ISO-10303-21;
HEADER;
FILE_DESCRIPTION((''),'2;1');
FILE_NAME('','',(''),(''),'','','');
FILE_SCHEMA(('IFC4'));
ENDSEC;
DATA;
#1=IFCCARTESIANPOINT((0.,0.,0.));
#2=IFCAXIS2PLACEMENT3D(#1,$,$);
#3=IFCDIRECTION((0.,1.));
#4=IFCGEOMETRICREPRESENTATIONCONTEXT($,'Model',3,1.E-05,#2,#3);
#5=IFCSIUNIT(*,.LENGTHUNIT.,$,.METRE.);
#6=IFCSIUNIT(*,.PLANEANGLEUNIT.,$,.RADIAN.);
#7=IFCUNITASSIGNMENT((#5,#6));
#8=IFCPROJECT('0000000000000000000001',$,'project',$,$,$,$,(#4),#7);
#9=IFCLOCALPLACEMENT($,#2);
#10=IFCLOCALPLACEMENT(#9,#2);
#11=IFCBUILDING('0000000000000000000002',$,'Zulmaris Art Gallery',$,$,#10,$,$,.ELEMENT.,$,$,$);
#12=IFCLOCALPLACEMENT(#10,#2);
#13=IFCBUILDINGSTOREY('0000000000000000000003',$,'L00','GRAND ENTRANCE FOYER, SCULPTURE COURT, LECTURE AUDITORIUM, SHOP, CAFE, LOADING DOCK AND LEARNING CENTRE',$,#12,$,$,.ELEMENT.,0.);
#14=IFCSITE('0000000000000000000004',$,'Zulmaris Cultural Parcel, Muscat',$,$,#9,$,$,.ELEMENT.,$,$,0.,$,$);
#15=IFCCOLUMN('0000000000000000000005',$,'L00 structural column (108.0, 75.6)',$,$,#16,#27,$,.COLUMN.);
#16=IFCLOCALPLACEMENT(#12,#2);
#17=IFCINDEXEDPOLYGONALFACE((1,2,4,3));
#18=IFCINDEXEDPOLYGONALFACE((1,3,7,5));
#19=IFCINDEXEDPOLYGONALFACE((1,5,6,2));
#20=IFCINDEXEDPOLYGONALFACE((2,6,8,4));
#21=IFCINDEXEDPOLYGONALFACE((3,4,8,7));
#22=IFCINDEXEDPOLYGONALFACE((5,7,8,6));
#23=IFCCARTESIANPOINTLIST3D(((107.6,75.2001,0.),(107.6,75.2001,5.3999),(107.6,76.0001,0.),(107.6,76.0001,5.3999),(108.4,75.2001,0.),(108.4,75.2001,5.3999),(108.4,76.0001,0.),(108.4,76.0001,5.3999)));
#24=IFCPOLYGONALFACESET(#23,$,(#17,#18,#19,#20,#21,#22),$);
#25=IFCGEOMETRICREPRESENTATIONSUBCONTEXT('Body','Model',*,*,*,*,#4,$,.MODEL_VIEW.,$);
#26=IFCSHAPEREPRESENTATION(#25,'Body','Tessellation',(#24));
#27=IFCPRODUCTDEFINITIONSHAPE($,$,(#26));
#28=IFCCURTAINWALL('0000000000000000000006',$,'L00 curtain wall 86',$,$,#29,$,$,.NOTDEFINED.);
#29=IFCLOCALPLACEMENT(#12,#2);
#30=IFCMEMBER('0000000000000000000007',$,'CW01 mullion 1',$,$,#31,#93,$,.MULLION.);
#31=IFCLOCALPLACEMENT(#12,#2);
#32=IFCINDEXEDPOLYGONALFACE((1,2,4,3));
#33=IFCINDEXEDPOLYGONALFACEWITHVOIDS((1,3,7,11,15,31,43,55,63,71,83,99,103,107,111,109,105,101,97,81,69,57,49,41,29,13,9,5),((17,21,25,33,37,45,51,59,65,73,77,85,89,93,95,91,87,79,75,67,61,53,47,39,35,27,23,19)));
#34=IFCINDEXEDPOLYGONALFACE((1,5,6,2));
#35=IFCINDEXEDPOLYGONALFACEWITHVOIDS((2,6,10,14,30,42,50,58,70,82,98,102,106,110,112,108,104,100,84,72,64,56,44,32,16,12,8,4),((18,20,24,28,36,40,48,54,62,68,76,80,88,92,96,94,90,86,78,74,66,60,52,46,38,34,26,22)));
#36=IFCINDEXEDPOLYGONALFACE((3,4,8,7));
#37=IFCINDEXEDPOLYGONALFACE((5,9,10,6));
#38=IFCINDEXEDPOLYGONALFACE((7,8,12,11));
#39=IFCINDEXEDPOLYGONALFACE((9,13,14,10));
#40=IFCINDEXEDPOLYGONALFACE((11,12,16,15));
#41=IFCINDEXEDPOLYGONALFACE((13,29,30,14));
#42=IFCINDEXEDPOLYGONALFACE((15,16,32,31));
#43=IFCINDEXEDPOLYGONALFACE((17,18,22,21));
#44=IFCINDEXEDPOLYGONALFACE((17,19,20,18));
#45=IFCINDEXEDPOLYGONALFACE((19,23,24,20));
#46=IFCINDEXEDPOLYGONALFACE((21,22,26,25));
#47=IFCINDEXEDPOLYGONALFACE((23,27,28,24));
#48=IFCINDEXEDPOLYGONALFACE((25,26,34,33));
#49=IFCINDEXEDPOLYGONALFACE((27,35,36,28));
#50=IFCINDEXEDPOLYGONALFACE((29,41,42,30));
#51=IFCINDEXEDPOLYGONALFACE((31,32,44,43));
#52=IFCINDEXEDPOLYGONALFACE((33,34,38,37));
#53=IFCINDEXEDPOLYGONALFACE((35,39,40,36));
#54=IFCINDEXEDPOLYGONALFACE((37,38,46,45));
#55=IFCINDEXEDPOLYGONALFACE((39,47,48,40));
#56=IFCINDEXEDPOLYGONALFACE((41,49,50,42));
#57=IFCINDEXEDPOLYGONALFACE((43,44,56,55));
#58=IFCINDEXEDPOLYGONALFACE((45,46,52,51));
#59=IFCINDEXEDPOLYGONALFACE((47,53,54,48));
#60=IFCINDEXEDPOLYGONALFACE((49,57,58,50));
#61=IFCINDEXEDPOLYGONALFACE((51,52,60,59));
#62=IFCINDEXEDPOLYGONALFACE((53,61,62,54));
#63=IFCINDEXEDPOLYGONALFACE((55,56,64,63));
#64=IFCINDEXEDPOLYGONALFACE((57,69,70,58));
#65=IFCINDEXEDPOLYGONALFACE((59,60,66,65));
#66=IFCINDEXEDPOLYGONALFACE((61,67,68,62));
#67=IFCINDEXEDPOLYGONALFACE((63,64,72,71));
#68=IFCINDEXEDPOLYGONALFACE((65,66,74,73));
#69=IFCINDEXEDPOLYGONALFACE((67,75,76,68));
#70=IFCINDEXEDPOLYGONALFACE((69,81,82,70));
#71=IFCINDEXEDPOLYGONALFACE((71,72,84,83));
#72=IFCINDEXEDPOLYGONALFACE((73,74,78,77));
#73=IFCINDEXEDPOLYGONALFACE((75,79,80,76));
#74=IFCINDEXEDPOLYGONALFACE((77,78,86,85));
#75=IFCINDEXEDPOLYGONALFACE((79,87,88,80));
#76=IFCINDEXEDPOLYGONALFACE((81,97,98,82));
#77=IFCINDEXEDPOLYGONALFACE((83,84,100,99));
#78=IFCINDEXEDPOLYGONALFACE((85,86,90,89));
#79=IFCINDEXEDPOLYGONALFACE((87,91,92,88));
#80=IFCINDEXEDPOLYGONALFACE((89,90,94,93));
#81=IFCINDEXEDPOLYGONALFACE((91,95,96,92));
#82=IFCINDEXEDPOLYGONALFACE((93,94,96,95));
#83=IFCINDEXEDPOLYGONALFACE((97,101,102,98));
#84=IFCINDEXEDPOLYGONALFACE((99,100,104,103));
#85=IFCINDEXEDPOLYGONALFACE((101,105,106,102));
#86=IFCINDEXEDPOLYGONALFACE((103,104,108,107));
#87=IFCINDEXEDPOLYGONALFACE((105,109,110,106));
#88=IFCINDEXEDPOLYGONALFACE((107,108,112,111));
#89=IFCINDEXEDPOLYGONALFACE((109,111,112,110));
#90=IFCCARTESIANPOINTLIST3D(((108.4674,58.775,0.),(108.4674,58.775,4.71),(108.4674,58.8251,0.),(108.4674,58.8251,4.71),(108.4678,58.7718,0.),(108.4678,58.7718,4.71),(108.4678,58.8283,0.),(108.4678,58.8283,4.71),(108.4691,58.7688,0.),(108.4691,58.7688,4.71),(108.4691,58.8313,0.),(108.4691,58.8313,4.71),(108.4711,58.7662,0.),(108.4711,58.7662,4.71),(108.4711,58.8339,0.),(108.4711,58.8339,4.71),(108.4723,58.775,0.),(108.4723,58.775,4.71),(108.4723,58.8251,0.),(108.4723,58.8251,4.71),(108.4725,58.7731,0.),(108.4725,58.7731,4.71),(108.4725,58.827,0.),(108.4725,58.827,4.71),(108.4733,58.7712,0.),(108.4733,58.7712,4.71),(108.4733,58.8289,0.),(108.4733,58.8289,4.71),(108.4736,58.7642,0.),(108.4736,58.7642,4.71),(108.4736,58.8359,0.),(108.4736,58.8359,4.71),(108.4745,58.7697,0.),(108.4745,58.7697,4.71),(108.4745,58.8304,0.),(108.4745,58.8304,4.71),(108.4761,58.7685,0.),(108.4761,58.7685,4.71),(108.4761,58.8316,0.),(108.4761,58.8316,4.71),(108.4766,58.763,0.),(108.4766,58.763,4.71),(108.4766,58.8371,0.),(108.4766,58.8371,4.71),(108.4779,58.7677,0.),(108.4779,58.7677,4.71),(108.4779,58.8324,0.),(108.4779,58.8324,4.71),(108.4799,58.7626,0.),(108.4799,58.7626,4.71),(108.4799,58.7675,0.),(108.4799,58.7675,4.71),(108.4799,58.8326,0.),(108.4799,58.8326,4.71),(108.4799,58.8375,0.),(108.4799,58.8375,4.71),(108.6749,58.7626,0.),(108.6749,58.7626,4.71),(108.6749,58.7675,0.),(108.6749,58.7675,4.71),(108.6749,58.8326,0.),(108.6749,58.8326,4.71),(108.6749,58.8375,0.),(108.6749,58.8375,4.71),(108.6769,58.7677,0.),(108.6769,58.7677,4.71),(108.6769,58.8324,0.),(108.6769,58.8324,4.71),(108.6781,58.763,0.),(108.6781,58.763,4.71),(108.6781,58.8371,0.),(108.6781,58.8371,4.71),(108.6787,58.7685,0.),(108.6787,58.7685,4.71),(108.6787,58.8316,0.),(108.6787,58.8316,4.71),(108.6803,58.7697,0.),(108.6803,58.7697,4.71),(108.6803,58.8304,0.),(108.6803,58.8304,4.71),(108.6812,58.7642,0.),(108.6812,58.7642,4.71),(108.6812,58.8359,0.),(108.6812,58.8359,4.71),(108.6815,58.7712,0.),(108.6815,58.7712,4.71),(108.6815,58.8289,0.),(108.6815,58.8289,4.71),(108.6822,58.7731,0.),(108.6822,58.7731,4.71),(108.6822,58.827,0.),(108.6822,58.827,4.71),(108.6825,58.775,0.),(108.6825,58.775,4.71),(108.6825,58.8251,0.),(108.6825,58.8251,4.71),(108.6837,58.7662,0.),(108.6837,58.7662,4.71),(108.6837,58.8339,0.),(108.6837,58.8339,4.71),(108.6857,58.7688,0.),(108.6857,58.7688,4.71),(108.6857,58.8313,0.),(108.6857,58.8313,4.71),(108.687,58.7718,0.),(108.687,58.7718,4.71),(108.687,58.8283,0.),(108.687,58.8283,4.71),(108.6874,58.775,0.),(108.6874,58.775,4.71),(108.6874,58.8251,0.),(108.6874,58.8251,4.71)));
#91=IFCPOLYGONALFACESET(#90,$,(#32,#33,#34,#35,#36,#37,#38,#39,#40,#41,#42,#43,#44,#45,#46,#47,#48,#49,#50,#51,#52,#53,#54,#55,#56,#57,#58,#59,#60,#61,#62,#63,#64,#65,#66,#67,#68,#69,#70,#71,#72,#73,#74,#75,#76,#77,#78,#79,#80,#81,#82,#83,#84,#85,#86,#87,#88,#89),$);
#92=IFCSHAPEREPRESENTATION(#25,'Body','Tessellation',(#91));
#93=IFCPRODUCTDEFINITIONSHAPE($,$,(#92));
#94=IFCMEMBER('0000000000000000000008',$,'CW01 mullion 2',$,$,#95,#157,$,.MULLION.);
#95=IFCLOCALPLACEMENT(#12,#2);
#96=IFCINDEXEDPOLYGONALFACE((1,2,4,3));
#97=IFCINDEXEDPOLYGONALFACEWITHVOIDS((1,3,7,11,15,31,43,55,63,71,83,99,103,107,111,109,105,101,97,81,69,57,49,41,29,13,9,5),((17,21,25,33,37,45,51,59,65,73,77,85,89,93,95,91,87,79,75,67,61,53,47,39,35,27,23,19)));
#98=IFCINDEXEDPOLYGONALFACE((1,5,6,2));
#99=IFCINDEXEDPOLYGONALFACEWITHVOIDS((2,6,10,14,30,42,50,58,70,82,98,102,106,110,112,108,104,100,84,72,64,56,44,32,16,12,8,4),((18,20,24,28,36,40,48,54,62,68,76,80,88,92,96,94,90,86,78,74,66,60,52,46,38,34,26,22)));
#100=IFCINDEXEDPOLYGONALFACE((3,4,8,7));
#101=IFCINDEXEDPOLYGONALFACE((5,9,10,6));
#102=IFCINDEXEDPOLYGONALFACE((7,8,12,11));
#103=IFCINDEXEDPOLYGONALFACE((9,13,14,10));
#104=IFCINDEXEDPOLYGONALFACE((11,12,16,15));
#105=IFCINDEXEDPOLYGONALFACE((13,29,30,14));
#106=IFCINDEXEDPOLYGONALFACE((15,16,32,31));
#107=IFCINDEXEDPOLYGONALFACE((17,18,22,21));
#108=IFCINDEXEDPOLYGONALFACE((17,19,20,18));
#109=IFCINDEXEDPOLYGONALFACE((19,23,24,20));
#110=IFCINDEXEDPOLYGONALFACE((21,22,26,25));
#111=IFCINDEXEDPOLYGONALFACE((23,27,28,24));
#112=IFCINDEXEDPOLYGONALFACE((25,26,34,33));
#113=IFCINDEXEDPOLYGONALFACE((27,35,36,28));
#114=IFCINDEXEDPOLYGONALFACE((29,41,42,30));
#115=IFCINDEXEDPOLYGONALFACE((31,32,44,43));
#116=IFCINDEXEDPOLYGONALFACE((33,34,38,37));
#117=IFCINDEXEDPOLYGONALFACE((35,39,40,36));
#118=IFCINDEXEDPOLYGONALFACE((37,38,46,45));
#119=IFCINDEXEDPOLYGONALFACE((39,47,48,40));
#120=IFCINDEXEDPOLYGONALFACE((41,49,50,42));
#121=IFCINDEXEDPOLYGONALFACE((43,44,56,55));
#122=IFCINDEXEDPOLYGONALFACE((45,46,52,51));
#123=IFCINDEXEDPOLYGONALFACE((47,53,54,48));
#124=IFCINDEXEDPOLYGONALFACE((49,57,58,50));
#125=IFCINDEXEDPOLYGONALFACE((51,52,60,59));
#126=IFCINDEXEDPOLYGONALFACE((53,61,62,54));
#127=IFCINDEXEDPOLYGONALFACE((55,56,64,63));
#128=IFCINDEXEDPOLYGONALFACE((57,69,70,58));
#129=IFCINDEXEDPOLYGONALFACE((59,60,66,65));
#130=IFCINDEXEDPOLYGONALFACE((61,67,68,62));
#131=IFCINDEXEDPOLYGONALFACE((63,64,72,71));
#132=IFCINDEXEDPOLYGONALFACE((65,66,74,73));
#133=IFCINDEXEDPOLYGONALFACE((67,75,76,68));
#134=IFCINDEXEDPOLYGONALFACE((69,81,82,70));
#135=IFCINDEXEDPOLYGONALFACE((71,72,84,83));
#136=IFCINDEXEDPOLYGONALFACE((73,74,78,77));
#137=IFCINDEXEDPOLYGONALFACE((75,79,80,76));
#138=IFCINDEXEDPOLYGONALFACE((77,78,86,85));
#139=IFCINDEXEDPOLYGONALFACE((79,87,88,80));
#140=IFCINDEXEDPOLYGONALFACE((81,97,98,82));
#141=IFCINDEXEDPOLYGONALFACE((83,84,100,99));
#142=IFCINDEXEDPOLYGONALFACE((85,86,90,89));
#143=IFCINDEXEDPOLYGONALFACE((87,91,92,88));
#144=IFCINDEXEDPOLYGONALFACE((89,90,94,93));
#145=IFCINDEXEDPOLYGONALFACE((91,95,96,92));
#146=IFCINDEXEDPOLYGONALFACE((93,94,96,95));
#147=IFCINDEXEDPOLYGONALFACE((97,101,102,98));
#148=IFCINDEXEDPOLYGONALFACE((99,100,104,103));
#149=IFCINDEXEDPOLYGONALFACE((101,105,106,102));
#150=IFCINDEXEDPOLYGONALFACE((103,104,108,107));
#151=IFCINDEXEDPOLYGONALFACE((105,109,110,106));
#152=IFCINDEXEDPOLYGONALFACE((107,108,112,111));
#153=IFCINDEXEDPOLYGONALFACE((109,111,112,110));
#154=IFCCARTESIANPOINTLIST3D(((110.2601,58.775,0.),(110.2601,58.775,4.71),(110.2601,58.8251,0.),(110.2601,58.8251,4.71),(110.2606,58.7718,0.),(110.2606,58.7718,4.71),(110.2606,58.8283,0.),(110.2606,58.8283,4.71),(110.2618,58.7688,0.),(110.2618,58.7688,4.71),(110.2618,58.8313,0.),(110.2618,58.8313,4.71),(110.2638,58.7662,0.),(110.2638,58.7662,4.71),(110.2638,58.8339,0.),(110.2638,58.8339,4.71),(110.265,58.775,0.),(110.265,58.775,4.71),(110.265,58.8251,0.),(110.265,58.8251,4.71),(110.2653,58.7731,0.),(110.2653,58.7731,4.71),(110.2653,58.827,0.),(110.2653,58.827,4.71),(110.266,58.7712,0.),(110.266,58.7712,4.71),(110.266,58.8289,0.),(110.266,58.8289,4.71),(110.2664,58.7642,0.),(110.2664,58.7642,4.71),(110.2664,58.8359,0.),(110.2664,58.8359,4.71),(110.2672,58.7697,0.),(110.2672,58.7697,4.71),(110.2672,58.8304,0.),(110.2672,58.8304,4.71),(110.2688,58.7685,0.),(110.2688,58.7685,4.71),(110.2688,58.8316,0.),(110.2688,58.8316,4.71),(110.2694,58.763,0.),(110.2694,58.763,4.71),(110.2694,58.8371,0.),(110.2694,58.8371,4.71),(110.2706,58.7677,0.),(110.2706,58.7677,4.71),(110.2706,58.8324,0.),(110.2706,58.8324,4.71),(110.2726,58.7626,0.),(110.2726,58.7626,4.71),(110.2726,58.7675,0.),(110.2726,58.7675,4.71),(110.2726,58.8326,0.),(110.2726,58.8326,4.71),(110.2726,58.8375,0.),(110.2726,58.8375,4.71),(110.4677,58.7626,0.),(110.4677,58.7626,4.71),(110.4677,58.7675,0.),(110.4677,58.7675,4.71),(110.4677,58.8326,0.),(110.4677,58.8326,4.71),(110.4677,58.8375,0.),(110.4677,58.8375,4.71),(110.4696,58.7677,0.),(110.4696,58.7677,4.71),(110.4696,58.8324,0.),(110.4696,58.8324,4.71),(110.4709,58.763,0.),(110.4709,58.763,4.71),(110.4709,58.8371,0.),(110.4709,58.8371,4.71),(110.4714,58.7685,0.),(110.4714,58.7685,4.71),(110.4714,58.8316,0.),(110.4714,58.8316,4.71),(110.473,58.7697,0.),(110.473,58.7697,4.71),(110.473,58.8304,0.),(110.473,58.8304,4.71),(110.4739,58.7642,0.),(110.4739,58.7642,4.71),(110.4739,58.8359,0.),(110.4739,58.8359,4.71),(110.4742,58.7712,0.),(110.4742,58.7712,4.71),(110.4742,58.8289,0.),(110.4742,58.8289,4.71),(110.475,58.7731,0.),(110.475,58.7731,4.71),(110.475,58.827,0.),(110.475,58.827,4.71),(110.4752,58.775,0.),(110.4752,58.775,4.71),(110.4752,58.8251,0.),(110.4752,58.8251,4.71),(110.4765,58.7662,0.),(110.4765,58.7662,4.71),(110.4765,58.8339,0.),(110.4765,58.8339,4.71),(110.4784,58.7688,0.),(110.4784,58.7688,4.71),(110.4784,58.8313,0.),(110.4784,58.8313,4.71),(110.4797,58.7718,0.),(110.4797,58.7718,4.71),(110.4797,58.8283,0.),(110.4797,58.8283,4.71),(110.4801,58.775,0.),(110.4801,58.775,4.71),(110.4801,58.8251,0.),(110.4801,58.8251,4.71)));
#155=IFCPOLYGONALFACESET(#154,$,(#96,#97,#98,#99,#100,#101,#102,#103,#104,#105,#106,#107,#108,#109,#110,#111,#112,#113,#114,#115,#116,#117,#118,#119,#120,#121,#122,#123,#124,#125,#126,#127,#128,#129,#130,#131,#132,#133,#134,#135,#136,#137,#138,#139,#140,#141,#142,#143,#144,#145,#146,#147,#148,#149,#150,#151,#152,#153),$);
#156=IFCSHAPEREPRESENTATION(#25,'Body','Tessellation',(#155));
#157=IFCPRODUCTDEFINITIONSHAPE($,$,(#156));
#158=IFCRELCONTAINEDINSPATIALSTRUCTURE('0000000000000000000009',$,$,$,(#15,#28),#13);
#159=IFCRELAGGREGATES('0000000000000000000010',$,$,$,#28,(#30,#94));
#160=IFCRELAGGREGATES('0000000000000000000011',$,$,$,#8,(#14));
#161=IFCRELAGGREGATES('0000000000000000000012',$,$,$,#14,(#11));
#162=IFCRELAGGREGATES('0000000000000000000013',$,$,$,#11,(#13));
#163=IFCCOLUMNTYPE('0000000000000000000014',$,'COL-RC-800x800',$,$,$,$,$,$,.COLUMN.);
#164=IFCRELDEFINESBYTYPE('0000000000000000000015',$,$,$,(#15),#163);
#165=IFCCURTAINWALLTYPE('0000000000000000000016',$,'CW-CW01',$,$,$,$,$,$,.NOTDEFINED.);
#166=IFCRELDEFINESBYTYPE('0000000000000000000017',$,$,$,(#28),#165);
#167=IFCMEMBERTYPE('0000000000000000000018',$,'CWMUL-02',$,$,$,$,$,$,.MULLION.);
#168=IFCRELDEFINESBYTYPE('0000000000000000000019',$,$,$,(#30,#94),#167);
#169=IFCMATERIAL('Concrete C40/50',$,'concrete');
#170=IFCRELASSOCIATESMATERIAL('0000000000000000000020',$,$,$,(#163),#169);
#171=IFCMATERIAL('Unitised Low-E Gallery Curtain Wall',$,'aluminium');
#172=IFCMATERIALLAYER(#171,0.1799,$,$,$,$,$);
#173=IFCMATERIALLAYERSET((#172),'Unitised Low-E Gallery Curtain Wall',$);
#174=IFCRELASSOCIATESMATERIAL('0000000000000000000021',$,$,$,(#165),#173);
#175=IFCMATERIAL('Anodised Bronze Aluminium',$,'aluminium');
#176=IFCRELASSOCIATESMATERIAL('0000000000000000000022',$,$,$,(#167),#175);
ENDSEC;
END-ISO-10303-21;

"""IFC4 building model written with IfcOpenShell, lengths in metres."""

from ifc_helpers import new_model, si_unit, direction, frame, origin, origin_2d, place, context, subcontext, project, spatial, rectangle, hollow_rectangle, extrude, material, layer, layer_set, material_profile, profile_set, type_object, element, aggregate, save


model = new_model("IFC4")

# Units and contexts
model_context = context("Model", 3, precision=1e-05, world=origin(), true_north=direction((0.0, 1.0)))
body_context = subcontext(model_context, "Body", "Model", "MODEL_VIEW")
ifc_project = project(units=[si_unit("LENGTHUNIT", "METRE"), si_unit("PLANEANGLEUNIT", "RADIAN")], contexts=[model_context])

# Site, building, storey
site_placement = place(None, origin())
site = spatial("IfcSite", under=ifc_project, at=site_placement, Name="Zulmaris Cultural Parcel, Muscat", CompositionType="ELEMENT", RefElevation=0.0)
building_placement = place(site_placement, origin())
building = spatial("IfcBuilding", under=site, at=building_placement, Name="Zulmaris Art Gallery", CompositionType="ELEMENT")
storey_placement = place(building_placement, origin())
storey = spatial("IfcBuildingStorey", under=building, at=storey_placement, Name="L00", Description="GRAND ENTRANCE FOYER, SCULPTURE COURT, LECTURE AUDITORIUM, SHOP, CAFE, LOADING DOCK AND LEARNING CENTRE", CompositionType="ELEMENT", Elevation=0.0)

# Shared definitions
ifc_material_1 = material(Name="Concrete C40/50", Category="concrete")

# Column
ifc_material_profile_1 = material_profile(ifc_material_1, rectangle(XDim=0.8, YDim=0.8, at=origin_2d()), Name="RC 800x800")
ifc_profile_set_1 = profile_set([ifc_material_profile_1], Name="Concrete C40/50")
column_type = type_object("IfcColumnType", Name="COL-RC-800x800", PredefinedType="COLUMN", material=ifc_profile_set_1)
for number, where, z_axis, x_axis, name in (
    (1, (108.0, 75.6001, 0.0), (0.0, 0.0, 1.0), (1.0, 0.0, 0.0), "L00 structural column (108.0, 75.6)"),
):
    element("IfcColumn", number, at=place(storey_placement, frame(where, z_axis=z_axis, x_axis=x_axis)), inside=storey, type_object=column_type, Name=name, PredefinedType="COLUMN", context=body_context, shape_type="SweptSolid", body=[
        extrude(rectangle(XDim=0.8, YDim=0.8, at=origin_2d()), origin(), (0.0, 0.0, 1.0), 5.3999),
    ])

# Curtain wall, members
ifc_material_2 = material(Name="Unitised Low-E Gallery Curtain Wall", Category="aluminium")
ifc_layer_1 = layer(ifc_material_2, 0.1799)
ifc_layer_set_1 = layer_set([ifc_layer_1], Name="Unitised Low-E Gallery Curtain Wall")
curtain_wall_type = type_object("IfcCurtainWallType", Name="CW-CW01", PredefinedType="NOTDEFINED", material=ifc_layer_set_1)
curtain_wall_placement = place(storey_placement, origin())
curtain_wall = element("IfcCurtainWall", 2, at=curtain_wall_placement, inside=storey, type_object=curtain_wall_type, Name="L00 curtain wall 86", PredefinedType="NOTDEFINED")
ifc_material_3 = material(Name="Anodised Bronze Aluminium", Category="aluminium")
ifc_material_profile_2 = material_profile(ifc_material_3, hollow_rectangle(XDim=0.075, YDim=0.22, WallThickness=0.0049, InnerFilletRadius=0.0076, OuterFilletRadius=0.0125, at=origin_2d()), Name="ALU 75x220x5")
ifc_profile_set_2 = profile_set([ifc_material_profile_2], Name="Anodised Bronze Aluminium")
member_type_1 = type_object("IfcMemberType", Name="CWMUL-02", PredefinedType="MULLION", material=ifc_profile_set_2)
member_1_placement = place(storey_placement, frame((108.5774, 58.8, 0.0), z_axis=(0.0, 0.0, 1.0), x_axis=(0.0, 1.0, 0.0)))
member_1 = element("IfcMember", 3, at=member_1_placement, type_object=member_type_1, Name="CW01 mullion 1", PredefinedType="MULLION", context=body_context, shape_type="SweptSolid", body=[
    extrude(hollow_rectangle(XDim=0.075, YDim=0.22, WallThickness=0.0049, InnerFilletRadius=0.0076, OuterFilletRadius=0.0125, at=origin_2d()), origin(), (0.0, 0.0, 1.0), 4.71),
])
member_2_placement = place(storey_placement, frame((110.3701, 58.8, 0.0), z_axis=(0.0, 0.0, 1.0), x_axis=(0.0, 1.0, 0.0)))
member_2 = element("IfcMember", 4, at=member_2_placement, type_object=member_type_1, Name="CW01 mullion 2", PredefinedType="MULLION", context=body_context, shape_type="SweptSolid", body=[
    extrude(hollow_rectangle(XDim=0.075, YDim=0.22, WallThickness=0.0049, InnerFilletRadius=0.0076, OuterFilletRadius=0.0125, at=origin_2d()), origin(), (0.0, 0.0, 1.0), 4.71),
])
aggregate(curtain_wall, [member_1, member_2])

save(model, "model.ifc")
